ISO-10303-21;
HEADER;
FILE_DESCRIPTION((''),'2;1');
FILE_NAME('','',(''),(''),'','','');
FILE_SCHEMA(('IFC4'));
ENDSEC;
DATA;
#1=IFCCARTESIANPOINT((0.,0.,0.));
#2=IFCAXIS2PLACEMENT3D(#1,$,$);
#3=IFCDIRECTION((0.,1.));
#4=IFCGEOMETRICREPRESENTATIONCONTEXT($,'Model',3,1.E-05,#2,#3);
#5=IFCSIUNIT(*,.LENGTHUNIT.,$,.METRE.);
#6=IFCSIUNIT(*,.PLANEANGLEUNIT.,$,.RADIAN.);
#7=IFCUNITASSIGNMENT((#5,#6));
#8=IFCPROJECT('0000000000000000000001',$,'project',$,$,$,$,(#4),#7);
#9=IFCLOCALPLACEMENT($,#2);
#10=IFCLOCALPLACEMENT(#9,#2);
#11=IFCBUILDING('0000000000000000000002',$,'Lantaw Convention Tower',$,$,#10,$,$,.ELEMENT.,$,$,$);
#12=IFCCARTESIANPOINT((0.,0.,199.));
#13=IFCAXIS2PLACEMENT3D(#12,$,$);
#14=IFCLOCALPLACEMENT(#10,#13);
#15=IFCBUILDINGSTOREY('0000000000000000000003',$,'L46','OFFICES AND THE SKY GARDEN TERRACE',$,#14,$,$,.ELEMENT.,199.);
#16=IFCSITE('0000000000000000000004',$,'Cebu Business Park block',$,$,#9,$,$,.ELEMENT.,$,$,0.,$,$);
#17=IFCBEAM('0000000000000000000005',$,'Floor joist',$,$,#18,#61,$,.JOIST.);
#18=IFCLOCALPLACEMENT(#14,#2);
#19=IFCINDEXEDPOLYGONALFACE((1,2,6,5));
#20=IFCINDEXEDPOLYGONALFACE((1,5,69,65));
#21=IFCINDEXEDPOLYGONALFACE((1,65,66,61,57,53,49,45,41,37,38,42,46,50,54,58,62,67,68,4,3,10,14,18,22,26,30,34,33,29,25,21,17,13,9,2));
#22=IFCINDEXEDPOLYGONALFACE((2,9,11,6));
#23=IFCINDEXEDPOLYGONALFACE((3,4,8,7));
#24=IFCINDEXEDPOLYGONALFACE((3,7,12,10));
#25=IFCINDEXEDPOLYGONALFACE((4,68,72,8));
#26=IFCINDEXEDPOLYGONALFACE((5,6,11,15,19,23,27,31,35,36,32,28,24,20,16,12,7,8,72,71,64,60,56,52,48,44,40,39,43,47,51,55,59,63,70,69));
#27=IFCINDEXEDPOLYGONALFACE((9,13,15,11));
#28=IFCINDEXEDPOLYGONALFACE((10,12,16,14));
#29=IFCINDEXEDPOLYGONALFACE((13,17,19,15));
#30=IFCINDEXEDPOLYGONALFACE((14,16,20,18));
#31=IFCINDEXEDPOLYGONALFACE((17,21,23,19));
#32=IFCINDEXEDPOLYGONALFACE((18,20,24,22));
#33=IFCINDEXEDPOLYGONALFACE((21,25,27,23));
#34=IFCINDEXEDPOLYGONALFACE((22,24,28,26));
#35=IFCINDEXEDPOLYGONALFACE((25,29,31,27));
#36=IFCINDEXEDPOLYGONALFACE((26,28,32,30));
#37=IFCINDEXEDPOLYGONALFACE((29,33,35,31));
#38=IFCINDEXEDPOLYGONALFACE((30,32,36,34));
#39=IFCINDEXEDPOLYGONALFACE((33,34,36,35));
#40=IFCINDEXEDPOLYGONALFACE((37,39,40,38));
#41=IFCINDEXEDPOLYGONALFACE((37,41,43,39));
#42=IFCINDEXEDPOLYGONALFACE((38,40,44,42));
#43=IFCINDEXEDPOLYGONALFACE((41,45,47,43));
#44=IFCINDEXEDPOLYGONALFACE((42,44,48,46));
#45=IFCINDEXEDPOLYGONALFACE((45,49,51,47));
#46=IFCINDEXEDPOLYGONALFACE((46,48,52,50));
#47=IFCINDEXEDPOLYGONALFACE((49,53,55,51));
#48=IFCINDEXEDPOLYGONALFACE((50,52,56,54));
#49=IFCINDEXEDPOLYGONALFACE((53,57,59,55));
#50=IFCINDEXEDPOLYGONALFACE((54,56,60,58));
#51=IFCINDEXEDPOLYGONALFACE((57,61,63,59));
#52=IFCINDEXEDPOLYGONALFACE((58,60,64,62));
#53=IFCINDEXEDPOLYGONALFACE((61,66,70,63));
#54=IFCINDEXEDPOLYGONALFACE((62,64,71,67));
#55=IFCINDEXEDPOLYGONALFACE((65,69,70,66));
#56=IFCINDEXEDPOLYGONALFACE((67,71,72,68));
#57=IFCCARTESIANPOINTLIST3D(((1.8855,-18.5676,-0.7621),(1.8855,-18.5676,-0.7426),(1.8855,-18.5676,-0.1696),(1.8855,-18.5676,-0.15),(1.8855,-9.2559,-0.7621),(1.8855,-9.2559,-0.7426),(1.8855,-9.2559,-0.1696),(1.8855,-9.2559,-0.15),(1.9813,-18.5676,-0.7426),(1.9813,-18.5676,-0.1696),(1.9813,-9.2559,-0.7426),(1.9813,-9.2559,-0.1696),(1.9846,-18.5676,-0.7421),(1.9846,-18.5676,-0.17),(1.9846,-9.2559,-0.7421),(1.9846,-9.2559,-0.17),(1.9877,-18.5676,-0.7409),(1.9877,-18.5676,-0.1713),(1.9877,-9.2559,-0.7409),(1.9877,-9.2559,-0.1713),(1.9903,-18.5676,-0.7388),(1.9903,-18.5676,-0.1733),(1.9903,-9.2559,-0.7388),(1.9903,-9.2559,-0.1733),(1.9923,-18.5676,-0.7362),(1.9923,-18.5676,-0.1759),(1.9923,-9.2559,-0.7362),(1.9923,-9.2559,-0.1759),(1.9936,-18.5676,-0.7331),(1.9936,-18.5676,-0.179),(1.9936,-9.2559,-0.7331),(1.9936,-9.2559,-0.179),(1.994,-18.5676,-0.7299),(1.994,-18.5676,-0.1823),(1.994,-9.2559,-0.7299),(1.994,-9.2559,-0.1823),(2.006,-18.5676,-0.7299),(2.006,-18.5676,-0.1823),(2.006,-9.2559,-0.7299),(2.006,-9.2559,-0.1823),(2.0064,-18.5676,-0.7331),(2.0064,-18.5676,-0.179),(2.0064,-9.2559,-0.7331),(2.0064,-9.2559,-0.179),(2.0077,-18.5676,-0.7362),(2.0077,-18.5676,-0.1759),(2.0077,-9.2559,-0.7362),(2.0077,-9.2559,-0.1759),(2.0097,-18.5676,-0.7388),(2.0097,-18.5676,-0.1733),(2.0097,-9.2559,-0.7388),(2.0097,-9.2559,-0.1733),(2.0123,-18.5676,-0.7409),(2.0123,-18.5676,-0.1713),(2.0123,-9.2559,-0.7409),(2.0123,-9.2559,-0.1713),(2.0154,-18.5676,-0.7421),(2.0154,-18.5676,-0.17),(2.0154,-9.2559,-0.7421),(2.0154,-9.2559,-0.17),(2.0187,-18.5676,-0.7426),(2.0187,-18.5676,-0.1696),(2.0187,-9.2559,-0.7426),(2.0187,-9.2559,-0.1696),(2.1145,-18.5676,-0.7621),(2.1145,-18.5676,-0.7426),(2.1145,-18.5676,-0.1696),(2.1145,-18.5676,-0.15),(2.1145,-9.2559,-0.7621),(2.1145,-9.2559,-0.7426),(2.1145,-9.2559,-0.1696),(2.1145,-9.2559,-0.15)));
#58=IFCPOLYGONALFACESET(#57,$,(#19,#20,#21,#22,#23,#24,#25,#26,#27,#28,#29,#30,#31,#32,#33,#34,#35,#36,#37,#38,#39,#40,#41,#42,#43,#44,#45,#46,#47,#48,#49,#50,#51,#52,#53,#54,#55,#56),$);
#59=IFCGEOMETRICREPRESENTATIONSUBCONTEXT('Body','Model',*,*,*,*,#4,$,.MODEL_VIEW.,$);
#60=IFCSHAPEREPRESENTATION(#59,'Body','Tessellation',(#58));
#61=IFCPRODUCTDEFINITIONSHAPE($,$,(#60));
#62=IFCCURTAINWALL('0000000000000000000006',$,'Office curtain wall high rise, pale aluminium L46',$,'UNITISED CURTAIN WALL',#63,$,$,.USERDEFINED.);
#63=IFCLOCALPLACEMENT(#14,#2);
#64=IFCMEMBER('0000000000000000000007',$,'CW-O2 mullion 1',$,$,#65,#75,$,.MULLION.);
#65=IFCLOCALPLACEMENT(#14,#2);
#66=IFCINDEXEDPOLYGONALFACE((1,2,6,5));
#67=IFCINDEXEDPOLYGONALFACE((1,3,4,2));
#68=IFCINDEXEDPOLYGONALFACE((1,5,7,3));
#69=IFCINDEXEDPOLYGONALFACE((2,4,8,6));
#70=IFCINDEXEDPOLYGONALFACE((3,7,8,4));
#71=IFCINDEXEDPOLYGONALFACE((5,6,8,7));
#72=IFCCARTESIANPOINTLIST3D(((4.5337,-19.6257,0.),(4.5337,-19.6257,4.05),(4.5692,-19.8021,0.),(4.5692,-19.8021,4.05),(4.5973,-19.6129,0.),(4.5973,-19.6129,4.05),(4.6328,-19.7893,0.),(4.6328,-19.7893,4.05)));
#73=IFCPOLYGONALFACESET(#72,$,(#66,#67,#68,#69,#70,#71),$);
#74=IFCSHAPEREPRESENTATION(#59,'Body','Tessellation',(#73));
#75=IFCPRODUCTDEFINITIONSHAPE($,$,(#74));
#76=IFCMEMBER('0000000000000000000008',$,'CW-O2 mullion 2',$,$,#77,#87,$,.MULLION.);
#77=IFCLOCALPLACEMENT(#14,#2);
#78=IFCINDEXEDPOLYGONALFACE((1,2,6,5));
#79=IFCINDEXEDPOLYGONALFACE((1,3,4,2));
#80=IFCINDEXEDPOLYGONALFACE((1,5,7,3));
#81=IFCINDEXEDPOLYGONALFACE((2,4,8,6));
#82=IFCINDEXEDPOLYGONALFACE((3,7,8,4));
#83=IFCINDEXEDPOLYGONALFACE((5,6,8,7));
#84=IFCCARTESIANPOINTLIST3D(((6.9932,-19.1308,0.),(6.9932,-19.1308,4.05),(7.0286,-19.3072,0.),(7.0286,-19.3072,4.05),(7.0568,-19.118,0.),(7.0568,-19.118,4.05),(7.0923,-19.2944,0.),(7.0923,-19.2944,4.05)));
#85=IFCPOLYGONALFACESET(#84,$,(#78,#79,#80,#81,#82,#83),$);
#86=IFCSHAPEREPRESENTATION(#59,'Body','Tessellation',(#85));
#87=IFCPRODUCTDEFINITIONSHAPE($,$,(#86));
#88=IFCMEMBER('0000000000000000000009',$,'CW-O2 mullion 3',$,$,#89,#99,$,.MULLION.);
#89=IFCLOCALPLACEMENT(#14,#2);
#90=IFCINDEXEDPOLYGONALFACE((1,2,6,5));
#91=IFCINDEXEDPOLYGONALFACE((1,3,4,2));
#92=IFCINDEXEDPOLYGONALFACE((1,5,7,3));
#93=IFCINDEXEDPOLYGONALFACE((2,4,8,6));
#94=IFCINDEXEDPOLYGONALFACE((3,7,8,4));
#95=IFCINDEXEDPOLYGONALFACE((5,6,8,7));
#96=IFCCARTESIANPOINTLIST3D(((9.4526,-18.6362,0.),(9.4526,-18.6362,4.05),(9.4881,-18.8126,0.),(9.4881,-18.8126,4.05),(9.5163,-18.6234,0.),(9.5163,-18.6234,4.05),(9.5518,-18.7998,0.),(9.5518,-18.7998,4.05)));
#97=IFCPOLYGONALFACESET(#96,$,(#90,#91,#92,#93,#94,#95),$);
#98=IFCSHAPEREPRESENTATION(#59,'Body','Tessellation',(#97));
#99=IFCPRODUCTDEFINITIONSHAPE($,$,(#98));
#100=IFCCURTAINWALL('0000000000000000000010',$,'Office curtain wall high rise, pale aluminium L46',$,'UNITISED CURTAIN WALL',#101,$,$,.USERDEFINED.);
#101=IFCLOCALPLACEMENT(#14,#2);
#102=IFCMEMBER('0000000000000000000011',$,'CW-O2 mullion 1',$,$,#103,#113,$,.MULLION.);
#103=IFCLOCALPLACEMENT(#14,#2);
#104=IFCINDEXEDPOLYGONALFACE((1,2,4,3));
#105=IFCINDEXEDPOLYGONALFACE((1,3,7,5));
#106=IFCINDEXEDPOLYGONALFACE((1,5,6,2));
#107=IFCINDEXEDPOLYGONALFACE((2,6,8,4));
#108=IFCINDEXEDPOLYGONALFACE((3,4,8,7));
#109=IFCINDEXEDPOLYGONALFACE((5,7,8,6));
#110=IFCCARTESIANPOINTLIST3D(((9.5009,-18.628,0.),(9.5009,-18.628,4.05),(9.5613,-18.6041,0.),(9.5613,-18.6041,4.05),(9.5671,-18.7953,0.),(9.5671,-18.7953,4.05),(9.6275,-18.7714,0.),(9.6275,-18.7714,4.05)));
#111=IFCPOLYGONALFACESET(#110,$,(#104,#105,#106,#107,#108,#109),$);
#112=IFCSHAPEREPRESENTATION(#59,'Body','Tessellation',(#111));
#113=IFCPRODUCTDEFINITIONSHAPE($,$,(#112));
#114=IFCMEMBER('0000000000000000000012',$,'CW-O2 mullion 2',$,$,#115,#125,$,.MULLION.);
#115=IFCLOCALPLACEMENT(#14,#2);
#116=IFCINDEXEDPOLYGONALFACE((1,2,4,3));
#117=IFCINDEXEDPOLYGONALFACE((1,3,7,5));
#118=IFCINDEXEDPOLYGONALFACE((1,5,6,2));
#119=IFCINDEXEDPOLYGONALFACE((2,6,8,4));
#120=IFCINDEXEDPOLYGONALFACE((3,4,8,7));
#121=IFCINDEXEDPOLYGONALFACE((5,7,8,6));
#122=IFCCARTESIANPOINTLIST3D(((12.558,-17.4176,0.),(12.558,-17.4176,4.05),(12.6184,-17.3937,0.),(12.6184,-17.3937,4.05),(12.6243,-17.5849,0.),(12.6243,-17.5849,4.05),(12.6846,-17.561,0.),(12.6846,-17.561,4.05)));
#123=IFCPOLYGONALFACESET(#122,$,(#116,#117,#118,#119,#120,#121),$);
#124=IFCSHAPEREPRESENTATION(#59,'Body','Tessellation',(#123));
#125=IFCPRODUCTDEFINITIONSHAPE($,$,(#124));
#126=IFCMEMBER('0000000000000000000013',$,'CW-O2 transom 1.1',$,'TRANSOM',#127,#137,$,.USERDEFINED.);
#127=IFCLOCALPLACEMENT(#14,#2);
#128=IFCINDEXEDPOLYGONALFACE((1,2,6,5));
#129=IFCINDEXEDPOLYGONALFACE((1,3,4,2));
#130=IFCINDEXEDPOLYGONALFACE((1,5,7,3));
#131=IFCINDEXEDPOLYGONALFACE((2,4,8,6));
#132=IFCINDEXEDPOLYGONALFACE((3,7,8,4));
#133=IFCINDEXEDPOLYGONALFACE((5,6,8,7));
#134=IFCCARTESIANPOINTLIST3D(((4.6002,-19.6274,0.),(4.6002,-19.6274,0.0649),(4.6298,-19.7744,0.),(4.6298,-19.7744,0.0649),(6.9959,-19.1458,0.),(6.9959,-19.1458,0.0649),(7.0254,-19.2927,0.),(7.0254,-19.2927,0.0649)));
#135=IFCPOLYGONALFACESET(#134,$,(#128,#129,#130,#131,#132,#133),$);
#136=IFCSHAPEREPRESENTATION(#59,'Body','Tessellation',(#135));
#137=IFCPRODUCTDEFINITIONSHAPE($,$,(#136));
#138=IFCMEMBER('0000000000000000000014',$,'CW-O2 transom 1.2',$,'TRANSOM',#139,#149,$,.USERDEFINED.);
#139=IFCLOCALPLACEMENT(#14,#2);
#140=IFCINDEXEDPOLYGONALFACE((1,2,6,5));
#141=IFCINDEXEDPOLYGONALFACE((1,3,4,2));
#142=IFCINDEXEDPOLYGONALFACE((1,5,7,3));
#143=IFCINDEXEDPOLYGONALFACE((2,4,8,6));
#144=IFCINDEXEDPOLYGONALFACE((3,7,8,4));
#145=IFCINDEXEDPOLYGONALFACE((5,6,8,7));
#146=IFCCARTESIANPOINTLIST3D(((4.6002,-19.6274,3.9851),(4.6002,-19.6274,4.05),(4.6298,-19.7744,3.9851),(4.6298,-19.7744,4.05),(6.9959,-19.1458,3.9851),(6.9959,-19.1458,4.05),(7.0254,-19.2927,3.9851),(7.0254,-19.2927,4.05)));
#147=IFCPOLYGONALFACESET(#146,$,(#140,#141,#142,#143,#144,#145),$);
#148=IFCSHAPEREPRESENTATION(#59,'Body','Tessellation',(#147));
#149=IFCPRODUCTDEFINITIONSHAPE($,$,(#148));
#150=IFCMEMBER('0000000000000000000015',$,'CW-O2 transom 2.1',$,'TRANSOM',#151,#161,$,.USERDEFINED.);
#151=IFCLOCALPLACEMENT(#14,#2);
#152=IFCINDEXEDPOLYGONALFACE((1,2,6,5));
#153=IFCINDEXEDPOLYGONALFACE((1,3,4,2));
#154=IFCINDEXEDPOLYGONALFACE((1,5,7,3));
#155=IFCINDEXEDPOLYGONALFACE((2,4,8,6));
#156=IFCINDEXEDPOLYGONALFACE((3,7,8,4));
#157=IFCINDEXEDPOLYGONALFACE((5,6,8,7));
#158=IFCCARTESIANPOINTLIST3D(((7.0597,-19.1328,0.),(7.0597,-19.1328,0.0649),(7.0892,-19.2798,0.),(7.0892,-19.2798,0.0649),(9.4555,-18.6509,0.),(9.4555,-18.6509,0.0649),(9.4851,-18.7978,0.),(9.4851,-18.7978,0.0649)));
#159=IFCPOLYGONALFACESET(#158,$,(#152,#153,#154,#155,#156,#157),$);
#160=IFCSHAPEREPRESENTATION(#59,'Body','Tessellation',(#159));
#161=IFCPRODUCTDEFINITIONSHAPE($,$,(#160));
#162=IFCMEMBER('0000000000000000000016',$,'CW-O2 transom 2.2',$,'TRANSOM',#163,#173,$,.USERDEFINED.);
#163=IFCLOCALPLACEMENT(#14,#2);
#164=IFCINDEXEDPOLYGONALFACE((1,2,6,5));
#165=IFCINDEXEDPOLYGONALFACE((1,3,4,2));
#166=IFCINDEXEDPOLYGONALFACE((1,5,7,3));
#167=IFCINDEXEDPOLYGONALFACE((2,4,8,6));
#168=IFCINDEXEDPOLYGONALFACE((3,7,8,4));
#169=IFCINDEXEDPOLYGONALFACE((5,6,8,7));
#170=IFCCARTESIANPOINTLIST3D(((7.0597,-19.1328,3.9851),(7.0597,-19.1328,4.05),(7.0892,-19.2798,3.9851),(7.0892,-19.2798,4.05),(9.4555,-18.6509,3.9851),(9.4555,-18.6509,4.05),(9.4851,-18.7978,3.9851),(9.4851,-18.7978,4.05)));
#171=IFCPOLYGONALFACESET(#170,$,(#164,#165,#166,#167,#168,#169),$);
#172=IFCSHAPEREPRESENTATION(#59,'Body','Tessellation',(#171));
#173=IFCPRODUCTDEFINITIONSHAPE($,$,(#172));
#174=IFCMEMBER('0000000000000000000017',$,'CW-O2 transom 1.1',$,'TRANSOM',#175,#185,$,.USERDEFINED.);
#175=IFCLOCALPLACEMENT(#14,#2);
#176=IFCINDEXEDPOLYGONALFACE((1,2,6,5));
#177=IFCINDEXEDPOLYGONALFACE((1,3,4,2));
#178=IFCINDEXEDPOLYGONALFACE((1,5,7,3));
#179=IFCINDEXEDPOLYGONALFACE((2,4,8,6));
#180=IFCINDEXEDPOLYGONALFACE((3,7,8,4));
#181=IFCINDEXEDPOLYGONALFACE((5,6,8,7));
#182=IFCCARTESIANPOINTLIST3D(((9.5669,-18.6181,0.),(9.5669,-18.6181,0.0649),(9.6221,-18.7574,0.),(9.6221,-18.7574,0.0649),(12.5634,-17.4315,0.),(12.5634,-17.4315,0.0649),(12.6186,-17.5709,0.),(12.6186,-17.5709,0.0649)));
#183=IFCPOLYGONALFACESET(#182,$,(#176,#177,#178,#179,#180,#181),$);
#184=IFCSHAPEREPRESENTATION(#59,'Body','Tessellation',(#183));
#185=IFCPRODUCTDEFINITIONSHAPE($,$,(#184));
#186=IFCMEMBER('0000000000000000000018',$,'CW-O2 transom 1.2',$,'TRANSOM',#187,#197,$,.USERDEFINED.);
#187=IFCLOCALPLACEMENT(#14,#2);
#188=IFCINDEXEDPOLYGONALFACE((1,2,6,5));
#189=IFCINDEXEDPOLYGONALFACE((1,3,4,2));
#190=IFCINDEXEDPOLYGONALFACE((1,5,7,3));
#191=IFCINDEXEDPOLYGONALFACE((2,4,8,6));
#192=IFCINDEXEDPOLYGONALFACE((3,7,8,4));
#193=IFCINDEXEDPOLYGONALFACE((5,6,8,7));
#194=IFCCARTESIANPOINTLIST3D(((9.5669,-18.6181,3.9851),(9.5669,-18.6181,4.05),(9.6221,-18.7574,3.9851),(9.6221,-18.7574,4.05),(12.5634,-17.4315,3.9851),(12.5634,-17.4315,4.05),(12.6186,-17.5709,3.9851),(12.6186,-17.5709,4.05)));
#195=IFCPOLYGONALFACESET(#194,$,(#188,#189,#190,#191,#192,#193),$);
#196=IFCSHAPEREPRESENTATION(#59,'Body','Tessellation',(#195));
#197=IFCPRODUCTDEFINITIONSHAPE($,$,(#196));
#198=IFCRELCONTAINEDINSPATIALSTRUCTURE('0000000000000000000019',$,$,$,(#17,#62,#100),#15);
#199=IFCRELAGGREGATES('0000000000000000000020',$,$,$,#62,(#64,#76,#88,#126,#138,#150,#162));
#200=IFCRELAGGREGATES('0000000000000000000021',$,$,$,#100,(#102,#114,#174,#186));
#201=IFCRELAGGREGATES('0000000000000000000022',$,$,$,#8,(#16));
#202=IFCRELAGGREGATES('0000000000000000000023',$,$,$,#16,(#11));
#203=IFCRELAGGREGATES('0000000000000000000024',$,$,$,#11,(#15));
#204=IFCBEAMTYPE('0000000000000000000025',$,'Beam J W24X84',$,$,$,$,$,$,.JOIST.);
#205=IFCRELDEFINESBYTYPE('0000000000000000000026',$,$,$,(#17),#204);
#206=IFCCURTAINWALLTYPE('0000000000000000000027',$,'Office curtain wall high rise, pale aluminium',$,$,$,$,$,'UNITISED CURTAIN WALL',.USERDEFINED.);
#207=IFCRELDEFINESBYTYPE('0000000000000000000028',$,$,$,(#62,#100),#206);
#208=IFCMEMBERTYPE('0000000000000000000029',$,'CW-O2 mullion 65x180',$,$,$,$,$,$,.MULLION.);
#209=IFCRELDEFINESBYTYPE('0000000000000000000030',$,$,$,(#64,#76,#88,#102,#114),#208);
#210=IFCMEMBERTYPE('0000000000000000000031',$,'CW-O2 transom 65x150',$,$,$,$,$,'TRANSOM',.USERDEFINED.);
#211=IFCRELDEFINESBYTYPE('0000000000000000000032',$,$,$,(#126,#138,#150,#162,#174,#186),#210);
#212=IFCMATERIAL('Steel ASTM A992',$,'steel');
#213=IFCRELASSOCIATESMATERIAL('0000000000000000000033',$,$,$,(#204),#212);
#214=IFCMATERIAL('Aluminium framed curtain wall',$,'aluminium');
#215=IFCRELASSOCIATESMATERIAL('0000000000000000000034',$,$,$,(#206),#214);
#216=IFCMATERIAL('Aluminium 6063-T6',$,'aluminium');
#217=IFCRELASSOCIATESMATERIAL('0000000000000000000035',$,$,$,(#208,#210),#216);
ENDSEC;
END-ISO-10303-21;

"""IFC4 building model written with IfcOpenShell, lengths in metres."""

from ifc_helpers import new_model, si_unit, direction, frame, origin, origin_2d, place, context, subcontext, project, spatial, rectangle, i_section, extrude, material, material_profile, profile_set, type_object, element, aggregate, save


model = new_model("IFC4")

# Units and contexts
model_context = context("Model", 3, precision=1e-05, world=origin(), true_north=direction((0.0, 1.0)))
body_context = subcontext(model_context, "Body", "Model", "MODEL_VIEW")
ifc_project = project(units=[si_unit("LENGTHUNIT", "METRE"), si_unit("PLANEANGLEUNIT", "RADIAN")], contexts=[model_context])

# Site, building, storey
site_placement = place(None, origin())
site = spatial("IfcSite", under=ifc_project, at=site_placement, Name="Cebu Business Park block", CompositionType="ELEMENT", RefElevation=0.0)
building_placement = place(site_placement, origin())
building = spatial("IfcBuilding", under=site, at=building_placement, Name="Lantaw Convention Tower", CompositionType="ELEMENT")
storey_placement = place(building_placement, frame((0.0, 0.0, 199.0)))
storey = spatial("IfcBuildingStorey", under=building, at=storey_placement, Name="L46", Description="OFFICES AND THE SKY GARDEN TERRACE", CompositionType="ELEMENT", Elevation=199.0)

# Beam
ifc_material_1 = material(Name="Steel ASTM A992", Category="steel")
ifc_material_profile_1 = material_profile(ifc_material_1, i_section(OverallWidth=0.229, OverallDepth=0.6121, WebThickness=0.012, FlangeThickness=0.0195, FilletRadius=0.0127, at=origin_2d()), Name="W24X84")
ifc_profile_set_1 = profile_set([ifc_material_profile_1], Name="Steel ASTM A992")
beam_type_1 = type_object("IfcBeamType", Name="Beam J W24X84", PredefinedType="JOIST", material=ifc_profile_set_1)
beam_1_placement = place(storey_placement, frame((2.0, -18.5676, -0.4561), z_axis=(0.0, 1.0, 0.0), x_axis=(-1.0, 0.0, 0.0)))
element("IfcBeam", 1, at=beam_1_placement, inside=storey, type_object=beam_type_1, Name="Floor joist", PredefinedType="JOIST", context=body_context, shape_type="SweptSolid", body=[
    extrude(i_section(OverallWidth=0.229, OverallDepth=0.6121, WebThickness=0.012, FlangeThickness=0.0195, FilletRadius=0.0127, at=origin_2d()), origin(), (0.0, 0.0, 1.0), 9.3118),
])

# Curtain walls, members
ifc_material_2 = material(Name="Aluminium framed curtain wall", Category="aluminium")
curtain_wall_type = type_object("IfcCurtainWallType", Name="Office curtain wall high rise, pale aluminium", ElementType="UNITISED CURTAIN WALL", PredefinedType="USERDEFINED", material=ifc_material_2)
curtain_wall_1_placement = place(storey_placement, origin())
curtain_wall_1 = element("IfcCurtainWall", 2, at=curtain_wall_1_placement, inside=storey, type_object=curtain_wall_type, Name="Office curtain wall high rise, pale aluminium L46", ObjectType="UNITISED CURTAIN WALL", PredefinedType="USERDEFINED")
ifc_material_3 = material(Name="Aluminium 6063-T6", Category="aluminium")
ifc_material_profile_2 = material_profile(ifc_material_3, rectangle(XDim=0.1799, YDim=0.0649, at=origin_2d()), Name="CW-O2 mullion 65x180")
ifc_profile_set_2 = profile_set([ifc_material_profile_2], Name="Aluminium 6063-T6")
member_type_1 = type_object("IfcMemberType", Name="CW-O2 mullion 65x180", PredefinedType="MULLION", material=ifc_profile_set_2)
member_1_placement = place(storey_placement, frame((4.5833, -19.7075, 0.0), z_axis=(0.0, 0.0, 1.0), x_axis=(-0.197183, 0.980367, 0.0)))
member_1 = element("IfcMember", 3, at=member_1_placement, type_object=member_type_1, Name="CW-O2 mullion 1", PredefinedType="MULLION", context=body_context, shape_type="SweptSolid", body=[
    extrude(rectangle(XDim=0.1799, YDim=0.0649, at=origin_2d()), origin(), (0.0, 0.0, 1.0), 4.05),
])
member_2_placement = place(storey_placement, frame((7.0427, -19.2126, 0.0), z_axis=(0.0, 0.0, 1.0), x_axis=(-0.197183, 0.980367, 0.0)))
member_2 = element("IfcMember", 4, at=member_2_placement, type_object=member_type_1, Name="CW-O2 mullion 2", PredefinedType="MULLION", context=body_context, shape_type="SweptSolid", body=[
    extrude(rectangle(XDim=0.1799, YDim=0.0649, at=origin_2d()), origin(), (0.0, 0.0, 1.0), 4.05),
])
member_3_placement = place(storey_placement, frame((9.5022, -18.718, 0.0), z_axis=(0.0, 0.0, 1.0), x_axis=(-0.197183, 0.980367, 0.0)))
member_3 = element("IfcMember", 5, at=member_3_placement, type_object=member_type_1, Name="CW-O2 mullion 3", PredefinedType="MULLION", context=body_context, shape_type="SweptSolid", body=[
    extrude(rectangle(XDim=0.1799, YDim=0.0649, at=origin_2d()), origin(), (0.0, 0.0, 1.0), 4.05),
])
curtain_wall_2_placement = place(storey_placement, origin())
curtain_wall_2 = element("IfcCurtainWall", 6, at=curtain_wall_2_placement, inside=storey, type_object=curtain_wall_type, Name="Office curtain wall high rise, pale aluminium L46", ObjectType="UNITISED CURTAIN WALL", PredefinedType="USERDEFINED")
member_4_placement = place(storey_placement, frame((9.5642, -18.6997, 0.0), z_axis=(0.0, 0.0, 1.0), x_axis=(-0.368162, 0.929762, 0.0)))
member_4 = element("IfcMember", 7, at=member_4_placement, type_object=member_type_1, Name="CW-O2 mullion 1", PredefinedType="MULLION", context=body_context, shape_type="SweptSolid", body=[
    extrude(rectangle(XDim=0.1799, YDim=0.0649, at=origin_2d()), origin(), (0.0, 0.0, 1.0), 4.05),
])
member_5_placement = place(storey_placement, frame((12.6213, -17.4893, 0.0), z_axis=(0.0, 0.0, 1.0), x_axis=(-0.368162, 0.929762, 0.0)))
member_5 = element("IfcMember", 8, at=member_5_placement, type_object=member_type_1, Name="CW-O2 mullion 2", PredefinedType="MULLION", context=body_context, shape_type="SweptSolid", body=[
    extrude(rectangle(XDim=0.1799, YDim=0.0649, at=origin_2d()), origin(), (0.0, 0.0, 1.0), 4.05),
])

# Members
ifc_material_profile_3 = material_profile(ifc_material_3, rectangle(XDim=0.1499, YDim=0.0649, at=origin_2d()), Name="CW-O2 transom 65x150")
ifc_profile_set_3 = profile_set([ifc_material_profile_3], Name="Aluminium 6063-T6")
member_type_2 = type_object("IfcMemberType", Name="CW-O2 transom 65x150", ElementType="TRANSOM", PredefinedType="USERDEFINED", material=ifc_profile_set_3)
member_6_placement = place(storey_placement, frame((4.615, -19.7009, 0.0325), z_axis=(0.98038, 0.197115, 0.0), x_axis=(-0.197115, 0.98038, 0.0)))
member_6 = element("IfcMember", 9, at=member_6_placement, type_object=member_type_2, Name="CW-O2 transom 1.1", ObjectType="TRANSOM", PredefinedType="USERDEFINED", context=body_context, shape_type="SweptSolid", body=[
    extrude(rectangle(XDim=0.1499, YDim=0.0649, at=origin_2d()), origin(), (0.0, 0.0, 1.0), 2.4436),
])
member_7_placement = place(storey_placement, frame((4.615, -19.7009, 4.0176), z_axis=(0.98038, 0.197115, 0.0), x_axis=(-0.197115, 0.98038, 0.0)))
member_7 = element("IfcMember", 10, at=member_7_placement, type_object=member_type_2, Name="CW-O2 transom 1.2", ObjectType="TRANSOM", PredefinedType="USERDEFINED", context=body_context, shape_type="SweptSolid", body=[
    extrude(rectangle(XDim=0.1499, YDim=0.0649, at=origin_2d()), origin(), (0.0, 0.0, 1.0), 2.4436),
])
member_8_placement = place(storey_placement, frame((7.0745, -19.2063, 0.0325), z_axis=(0.980361, 0.197211, 0.0), x_axis=(-0.197211, 0.980361, 0.0)))
member_8 = element("IfcMember", 11, at=member_8_placement, type_object=member_type_2, Name="CW-O2 transom 2.1", ObjectType="TRANSOM", PredefinedType="USERDEFINED", context=body_context, shape_type="SweptSolid", body=[
    extrude(rectangle(XDim=0.1499, YDim=0.0649, at=origin_2d()), origin(), (0.0, 0.0, 1.0), 2.4438),
])
member_9_placement = place(storey_placement, frame((7.0745, -19.2063, 4.0176), z_axis=(0.980361, 0.197211, 0.0), x_axis=(-0.197211, 0.980361, 0.0)))
member_9 = element("IfcMember", 12, at=member_9_placement, type_object=member_type_2, Name="CW-O2 transom 2.2", ObjectType="TRANSOM", PredefinedType="USERDEFINED", context=body_context, shape_type="SweptSolid", body=[
    extrude(rectangle(XDim=0.1499, YDim=0.0649, at=origin_2d()), origin(), (0.0, 0.0, 1.0), 2.4438),
])
member_10_placement = place(storey_placement, frame((9.5945, -18.6877, 0.0325), z_axis=(0.929767, 0.368149, 0.0), x_axis=(-0.368149, 0.929767, 0.0)))
member_10 = element("IfcMember", 13, at=member_10_placement, type_object=member_type_2, Name="CW-O2 transom 1.1", ObjectType="TRANSOM", PredefinedType="USERDEFINED", context=body_context, shape_type="SweptSolid", body=[
    extrude(rectangle(XDim=0.1499, YDim=0.0649, at=origin_2d()), origin(), (0.0, 0.0, 1.0), 3.2229),
])
member_11_placement = place(storey_placement, frame((9.5945, -18.6877, 4.0176), z_axis=(0.929767, 0.368149, 0.0), x_axis=(-0.368149, 0.929767, 0.0)))
member_11 = element("IfcMember", 14, at=member_11_placement, type_object=member_type_2, Name="CW-O2 transom 1.2", ObjectType="TRANSOM", PredefinedType="USERDEFINED", context=body_context, shape_type="SweptSolid", body=[
    extrude(rectangle(XDim=0.1499, YDim=0.0649, at=origin_2d()), origin(), (0.0, 0.0, 1.0), 3.2229),
])

aggregate(curtain_wall_1, [member_1, member_2, member_3, member_6, member_7, member_8, member_9])
aggregate(curtain_wall_2, [member_4, member_5, member_10, member_11])

save(model, "model.ifc")
